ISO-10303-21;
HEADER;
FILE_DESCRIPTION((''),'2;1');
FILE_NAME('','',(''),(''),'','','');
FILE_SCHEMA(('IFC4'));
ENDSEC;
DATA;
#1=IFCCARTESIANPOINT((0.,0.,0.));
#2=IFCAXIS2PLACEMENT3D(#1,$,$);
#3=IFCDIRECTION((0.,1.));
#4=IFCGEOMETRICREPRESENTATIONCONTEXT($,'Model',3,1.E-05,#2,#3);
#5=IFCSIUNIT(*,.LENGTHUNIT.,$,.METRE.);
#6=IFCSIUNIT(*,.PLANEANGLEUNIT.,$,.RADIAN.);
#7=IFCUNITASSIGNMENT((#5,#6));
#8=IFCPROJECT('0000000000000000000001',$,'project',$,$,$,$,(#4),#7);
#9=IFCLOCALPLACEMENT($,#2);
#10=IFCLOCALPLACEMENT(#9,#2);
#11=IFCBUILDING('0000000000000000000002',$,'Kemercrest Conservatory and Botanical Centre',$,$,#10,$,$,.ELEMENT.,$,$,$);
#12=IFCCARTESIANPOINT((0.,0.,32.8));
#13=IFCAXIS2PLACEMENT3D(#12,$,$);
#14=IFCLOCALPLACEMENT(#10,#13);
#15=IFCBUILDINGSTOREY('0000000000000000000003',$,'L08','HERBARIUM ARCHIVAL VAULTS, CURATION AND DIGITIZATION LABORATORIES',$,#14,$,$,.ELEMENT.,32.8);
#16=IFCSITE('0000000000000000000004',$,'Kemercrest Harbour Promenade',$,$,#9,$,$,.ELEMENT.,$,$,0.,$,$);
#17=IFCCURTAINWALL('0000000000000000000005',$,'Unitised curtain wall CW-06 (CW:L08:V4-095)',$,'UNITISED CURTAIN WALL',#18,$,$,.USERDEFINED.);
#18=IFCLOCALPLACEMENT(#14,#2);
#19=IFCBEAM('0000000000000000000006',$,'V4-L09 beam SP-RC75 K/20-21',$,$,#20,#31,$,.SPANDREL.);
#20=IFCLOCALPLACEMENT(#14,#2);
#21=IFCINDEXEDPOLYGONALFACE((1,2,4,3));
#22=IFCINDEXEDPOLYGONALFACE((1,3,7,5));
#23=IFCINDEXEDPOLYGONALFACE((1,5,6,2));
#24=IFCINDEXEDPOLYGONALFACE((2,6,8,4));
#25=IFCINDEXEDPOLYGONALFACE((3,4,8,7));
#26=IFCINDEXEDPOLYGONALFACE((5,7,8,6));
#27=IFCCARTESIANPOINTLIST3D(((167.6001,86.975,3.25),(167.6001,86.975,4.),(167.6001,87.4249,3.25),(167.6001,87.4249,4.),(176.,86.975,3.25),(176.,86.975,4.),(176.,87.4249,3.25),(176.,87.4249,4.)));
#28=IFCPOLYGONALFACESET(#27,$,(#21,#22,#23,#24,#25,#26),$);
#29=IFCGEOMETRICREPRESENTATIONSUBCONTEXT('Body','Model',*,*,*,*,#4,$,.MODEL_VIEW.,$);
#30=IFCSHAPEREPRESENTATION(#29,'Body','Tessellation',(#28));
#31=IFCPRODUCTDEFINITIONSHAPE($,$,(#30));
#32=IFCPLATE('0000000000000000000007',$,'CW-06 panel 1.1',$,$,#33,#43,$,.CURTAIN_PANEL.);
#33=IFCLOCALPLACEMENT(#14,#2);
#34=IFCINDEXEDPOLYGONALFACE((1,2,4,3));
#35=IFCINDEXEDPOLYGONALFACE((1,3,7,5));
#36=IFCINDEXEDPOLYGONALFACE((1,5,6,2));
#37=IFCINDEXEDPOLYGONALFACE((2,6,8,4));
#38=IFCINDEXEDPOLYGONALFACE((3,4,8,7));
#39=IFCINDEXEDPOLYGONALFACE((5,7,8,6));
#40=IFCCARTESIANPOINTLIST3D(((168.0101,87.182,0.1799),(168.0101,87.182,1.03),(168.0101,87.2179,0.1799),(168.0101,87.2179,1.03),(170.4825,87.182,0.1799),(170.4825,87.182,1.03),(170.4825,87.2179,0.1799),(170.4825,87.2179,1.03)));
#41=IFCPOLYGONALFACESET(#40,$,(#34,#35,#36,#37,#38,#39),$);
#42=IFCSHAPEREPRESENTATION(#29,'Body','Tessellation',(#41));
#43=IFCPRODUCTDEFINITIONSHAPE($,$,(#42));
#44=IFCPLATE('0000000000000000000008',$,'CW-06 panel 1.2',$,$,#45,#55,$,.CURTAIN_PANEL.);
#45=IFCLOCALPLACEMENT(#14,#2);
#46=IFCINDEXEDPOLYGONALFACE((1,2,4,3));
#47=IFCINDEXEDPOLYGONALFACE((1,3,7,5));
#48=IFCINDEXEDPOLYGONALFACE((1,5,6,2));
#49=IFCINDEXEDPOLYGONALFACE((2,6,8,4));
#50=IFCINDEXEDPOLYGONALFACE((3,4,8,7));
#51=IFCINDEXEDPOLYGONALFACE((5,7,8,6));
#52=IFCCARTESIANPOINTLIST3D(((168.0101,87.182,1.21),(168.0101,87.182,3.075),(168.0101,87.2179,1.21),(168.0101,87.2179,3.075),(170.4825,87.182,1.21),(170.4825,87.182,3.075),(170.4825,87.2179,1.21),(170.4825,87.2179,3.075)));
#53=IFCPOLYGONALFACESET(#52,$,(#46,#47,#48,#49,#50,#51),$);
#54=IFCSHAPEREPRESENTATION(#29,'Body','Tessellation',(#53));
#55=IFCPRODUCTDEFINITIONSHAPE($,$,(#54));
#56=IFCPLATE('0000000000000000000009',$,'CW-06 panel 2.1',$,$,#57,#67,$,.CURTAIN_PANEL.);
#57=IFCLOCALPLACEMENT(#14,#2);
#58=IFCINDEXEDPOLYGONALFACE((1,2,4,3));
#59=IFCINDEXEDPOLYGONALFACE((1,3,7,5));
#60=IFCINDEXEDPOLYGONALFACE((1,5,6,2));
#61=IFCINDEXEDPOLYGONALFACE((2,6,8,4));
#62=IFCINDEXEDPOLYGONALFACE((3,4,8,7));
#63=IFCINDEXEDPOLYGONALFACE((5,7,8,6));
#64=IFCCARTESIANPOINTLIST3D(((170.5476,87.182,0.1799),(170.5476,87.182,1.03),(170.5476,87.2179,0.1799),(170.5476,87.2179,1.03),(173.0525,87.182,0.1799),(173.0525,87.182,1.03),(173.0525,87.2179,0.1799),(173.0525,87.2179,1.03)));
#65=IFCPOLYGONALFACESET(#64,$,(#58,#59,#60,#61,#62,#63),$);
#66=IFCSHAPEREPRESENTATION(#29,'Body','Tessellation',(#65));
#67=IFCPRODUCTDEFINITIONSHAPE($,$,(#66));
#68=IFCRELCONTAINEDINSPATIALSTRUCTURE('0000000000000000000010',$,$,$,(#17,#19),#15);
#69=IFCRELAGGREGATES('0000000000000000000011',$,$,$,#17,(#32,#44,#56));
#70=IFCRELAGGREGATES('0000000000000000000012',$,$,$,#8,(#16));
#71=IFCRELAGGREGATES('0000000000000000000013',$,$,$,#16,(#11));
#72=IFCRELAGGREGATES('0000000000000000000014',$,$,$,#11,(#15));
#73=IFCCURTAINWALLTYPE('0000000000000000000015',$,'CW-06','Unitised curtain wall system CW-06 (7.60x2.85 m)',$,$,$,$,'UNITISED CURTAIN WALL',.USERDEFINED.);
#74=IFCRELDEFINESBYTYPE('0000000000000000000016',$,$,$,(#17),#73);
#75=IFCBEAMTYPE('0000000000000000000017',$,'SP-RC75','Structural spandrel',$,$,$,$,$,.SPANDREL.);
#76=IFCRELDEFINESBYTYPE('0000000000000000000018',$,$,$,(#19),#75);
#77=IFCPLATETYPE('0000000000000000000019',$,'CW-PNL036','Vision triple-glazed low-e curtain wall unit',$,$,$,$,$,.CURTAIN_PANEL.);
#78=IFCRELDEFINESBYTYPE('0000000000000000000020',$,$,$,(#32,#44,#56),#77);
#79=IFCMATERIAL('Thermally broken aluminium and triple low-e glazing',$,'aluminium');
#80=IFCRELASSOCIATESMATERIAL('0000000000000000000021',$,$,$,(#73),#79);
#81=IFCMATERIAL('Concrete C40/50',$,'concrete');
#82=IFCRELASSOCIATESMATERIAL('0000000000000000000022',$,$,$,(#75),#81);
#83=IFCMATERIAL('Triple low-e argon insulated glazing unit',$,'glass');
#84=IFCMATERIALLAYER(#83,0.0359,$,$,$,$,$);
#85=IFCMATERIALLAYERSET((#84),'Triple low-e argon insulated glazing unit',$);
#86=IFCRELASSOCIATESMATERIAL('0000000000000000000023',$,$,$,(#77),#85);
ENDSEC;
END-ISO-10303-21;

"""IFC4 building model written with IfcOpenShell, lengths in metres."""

from ifc_helpers import new_model, si_unit, direction, frame, origin, origin_2d, place, context, subcontext, project, spatial, rectangle, extrude, material, layer, layer_set, material_profile, profile_set, type_object, element, aggregate, save


model = new_model("IFC4")

# Units and contexts
model_context = context("Model", 3, precision=1e-05, world=origin(), true_north=direction((0.0, 1.0)))
body_context = subcontext(model_context, "Body", "Model", "MODEL_VIEW")
ifc_project = project(units=[si_unit("LENGTHUNIT", "METRE"), si_unit("PLANEANGLEUNIT", "RADIAN")], contexts=[model_context])

# Site, building, storey
site_placement = place(None, origin())
site = spatial("IfcSite", under=ifc_project, at=site_placement, Name="Kemercrest Harbour Promenade", CompositionType="ELEMENT", RefElevation=0.0)
building_placement = place(site_placement, origin())
building = spatial("IfcBuilding", under=site, at=building_placement, Name="Kemercrest Conservatory and Botanical Centre", CompositionType="ELEMENT")
storey_placement = place(building_placement, frame((0.0, 0.0, 32.8)))
storey = spatial("IfcBuildingStorey", under=building, at=storey_placement, Name="L08", Description="HERBARIUM ARCHIVAL VAULTS, CURATION AND DIGITIZATION LABORATORIES", CompositionType="ELEMENT", Elevation=32.8)

# Shared definitions
ifc_material_1 = material(Name="Concrete C40/50", Category="concrete")

# Curtain wall
ifc_material_2 = material(Name="Thermally broken aluminium and triple low-e glazing", Category="aluminium")
curtain_wall_type = type_object("IfcCurtainWallType", Name="CW-06", Description="Unitised curtain wall system CW-06 (7.60x2.85 m)", ElementType="UNITISED CURTAIN WALL", PredefinedType="USERDEFINED", material=ifc_material_2)
curtain_wall_placement = place(storey_placement, origin())
curtain_wall = element("IfcCurtainWall", 1, at=curtain_wall_placement, inside=storey, type_object=curtain_wall_type, Name="Unitised curtain wall CW-06 (CW:L08:V4-095)", ObjectType="UNITISED CURTAIN WALL", PredefinedType="USERDEFINED")

# Beam
ifc_material_profile_1 = material_profile(ifc_material_1, rectangle(XDim=0.45, YDim=0.75, at=origin_2d()), Name="RC 450x750")
ifc_profile_set_1 = profile_set([ifc_material_profile_1], Name="Concrete C40/50")
beam_type_1 = type_object("IfcBeamType", Name="SP-RC75", Description="Structural spandrel", PredefinedType="SPANDREL", material=ifc_profile_set_1)
beam_1_placement = place(storey_placement, frame((167.6001, 87.2, 3.625), z_axis=(1.0, 0.0, 0.0), x_axis=(0.0, 1.0, 0.0)))
element("IfcBeam", 2, at=beam_1_placement, inside=storey, type_object=beam_type_1, Name="V4-L09 beam SP-RC75 K/20-21", PredefinedType="SPANDREL", context=body_context, shape_type="SweptSolid", body=[
    extrude(rectangle(XDim=0.45, YDim=0.75, at=origin_2d()), origin(), (0.0, 0.0, 1.0), 8.3999),
])

# Plates
ifc_material_3 = material(Name="Triple low-e argon insulated glazing unit", Category="glass")
ifc_layer_1 = layer(ifc_material_3, 0.0359)
ifc_layer_set_1 = layer_set([ifc_layer_1], Name="Triple low-e argon insulated glazing unit")
plate_type = type_object("IfcPlateType", Name="CW-PNL036", Description="Vision triple-glazed low-e curtain wall unit", PredefinedType="CURTAIN_PANEL", material=ifc_layer_set_1)
plate_1_placement = place(storey_placement, frame((169.2463, 87.2, 0.1799), z_axis=(0.0, 0.0, 1.0), x_axis=(1.0, 0.0, 0.0)))
plate_1 = element("IfcPlate", 3, at=plate_1_placement, type_object=plate_type, Name="CW-06 panel 1.1", PredefinedType="CURTAIN_PANEL", context=body_context, shape_type="SweptSolid", body=[
    extrude(rectangle(XDim=2.4724, YDim=0.0359, at=origin_2d()), origin(), (0.0, 0.0, 1.0), 0.8501),
])
plate_2_placement = place(storey_placement, frame((169.2463, 87.2, 1.21), z_axis=(0.0, 0.0, 1.0), x_axis=(1.0, 0.0, 0.0)))
plate_2 = element("IfcPlate", 4, at=plate_2_placement, type_object=plate_type, Name="CW-06 panel 1.2", PredefinedType="CURTAIN_PANEL", context=body_context, shape_type="SweptSolid", body=[
    extrude(rectangle(XDim=2.4724, YDim=0.0359, at=origin_2d()), origin(), (0.0, 0.0, 1.0), 1.865),
])
plate_3_placement = place(storey_placement, frame((171.8, 87.2, 0.1799), z_axis=(0.0, 0.0, 1.0), x_axis=(1.0, 0.0, 0.0)))
plate_3 = element("IfcPlate", 5, at=plate_3_placement, type_object=plate_type, Name="CW-06 panel 2.1", PredefinedType="CURTAIN_PANEL", context=body_context, shape_type="SweptSolid", body=[
    extrude(rectangle(XDim=2.5049, YDim=0.0359, at=origin_2d()), origin(), (0.0, 0.0, 1.0), 0.8501),
])
aggregate(curtain_wall, [plate_1, plate_2, plate_3])

save(model, "model.ifc")
